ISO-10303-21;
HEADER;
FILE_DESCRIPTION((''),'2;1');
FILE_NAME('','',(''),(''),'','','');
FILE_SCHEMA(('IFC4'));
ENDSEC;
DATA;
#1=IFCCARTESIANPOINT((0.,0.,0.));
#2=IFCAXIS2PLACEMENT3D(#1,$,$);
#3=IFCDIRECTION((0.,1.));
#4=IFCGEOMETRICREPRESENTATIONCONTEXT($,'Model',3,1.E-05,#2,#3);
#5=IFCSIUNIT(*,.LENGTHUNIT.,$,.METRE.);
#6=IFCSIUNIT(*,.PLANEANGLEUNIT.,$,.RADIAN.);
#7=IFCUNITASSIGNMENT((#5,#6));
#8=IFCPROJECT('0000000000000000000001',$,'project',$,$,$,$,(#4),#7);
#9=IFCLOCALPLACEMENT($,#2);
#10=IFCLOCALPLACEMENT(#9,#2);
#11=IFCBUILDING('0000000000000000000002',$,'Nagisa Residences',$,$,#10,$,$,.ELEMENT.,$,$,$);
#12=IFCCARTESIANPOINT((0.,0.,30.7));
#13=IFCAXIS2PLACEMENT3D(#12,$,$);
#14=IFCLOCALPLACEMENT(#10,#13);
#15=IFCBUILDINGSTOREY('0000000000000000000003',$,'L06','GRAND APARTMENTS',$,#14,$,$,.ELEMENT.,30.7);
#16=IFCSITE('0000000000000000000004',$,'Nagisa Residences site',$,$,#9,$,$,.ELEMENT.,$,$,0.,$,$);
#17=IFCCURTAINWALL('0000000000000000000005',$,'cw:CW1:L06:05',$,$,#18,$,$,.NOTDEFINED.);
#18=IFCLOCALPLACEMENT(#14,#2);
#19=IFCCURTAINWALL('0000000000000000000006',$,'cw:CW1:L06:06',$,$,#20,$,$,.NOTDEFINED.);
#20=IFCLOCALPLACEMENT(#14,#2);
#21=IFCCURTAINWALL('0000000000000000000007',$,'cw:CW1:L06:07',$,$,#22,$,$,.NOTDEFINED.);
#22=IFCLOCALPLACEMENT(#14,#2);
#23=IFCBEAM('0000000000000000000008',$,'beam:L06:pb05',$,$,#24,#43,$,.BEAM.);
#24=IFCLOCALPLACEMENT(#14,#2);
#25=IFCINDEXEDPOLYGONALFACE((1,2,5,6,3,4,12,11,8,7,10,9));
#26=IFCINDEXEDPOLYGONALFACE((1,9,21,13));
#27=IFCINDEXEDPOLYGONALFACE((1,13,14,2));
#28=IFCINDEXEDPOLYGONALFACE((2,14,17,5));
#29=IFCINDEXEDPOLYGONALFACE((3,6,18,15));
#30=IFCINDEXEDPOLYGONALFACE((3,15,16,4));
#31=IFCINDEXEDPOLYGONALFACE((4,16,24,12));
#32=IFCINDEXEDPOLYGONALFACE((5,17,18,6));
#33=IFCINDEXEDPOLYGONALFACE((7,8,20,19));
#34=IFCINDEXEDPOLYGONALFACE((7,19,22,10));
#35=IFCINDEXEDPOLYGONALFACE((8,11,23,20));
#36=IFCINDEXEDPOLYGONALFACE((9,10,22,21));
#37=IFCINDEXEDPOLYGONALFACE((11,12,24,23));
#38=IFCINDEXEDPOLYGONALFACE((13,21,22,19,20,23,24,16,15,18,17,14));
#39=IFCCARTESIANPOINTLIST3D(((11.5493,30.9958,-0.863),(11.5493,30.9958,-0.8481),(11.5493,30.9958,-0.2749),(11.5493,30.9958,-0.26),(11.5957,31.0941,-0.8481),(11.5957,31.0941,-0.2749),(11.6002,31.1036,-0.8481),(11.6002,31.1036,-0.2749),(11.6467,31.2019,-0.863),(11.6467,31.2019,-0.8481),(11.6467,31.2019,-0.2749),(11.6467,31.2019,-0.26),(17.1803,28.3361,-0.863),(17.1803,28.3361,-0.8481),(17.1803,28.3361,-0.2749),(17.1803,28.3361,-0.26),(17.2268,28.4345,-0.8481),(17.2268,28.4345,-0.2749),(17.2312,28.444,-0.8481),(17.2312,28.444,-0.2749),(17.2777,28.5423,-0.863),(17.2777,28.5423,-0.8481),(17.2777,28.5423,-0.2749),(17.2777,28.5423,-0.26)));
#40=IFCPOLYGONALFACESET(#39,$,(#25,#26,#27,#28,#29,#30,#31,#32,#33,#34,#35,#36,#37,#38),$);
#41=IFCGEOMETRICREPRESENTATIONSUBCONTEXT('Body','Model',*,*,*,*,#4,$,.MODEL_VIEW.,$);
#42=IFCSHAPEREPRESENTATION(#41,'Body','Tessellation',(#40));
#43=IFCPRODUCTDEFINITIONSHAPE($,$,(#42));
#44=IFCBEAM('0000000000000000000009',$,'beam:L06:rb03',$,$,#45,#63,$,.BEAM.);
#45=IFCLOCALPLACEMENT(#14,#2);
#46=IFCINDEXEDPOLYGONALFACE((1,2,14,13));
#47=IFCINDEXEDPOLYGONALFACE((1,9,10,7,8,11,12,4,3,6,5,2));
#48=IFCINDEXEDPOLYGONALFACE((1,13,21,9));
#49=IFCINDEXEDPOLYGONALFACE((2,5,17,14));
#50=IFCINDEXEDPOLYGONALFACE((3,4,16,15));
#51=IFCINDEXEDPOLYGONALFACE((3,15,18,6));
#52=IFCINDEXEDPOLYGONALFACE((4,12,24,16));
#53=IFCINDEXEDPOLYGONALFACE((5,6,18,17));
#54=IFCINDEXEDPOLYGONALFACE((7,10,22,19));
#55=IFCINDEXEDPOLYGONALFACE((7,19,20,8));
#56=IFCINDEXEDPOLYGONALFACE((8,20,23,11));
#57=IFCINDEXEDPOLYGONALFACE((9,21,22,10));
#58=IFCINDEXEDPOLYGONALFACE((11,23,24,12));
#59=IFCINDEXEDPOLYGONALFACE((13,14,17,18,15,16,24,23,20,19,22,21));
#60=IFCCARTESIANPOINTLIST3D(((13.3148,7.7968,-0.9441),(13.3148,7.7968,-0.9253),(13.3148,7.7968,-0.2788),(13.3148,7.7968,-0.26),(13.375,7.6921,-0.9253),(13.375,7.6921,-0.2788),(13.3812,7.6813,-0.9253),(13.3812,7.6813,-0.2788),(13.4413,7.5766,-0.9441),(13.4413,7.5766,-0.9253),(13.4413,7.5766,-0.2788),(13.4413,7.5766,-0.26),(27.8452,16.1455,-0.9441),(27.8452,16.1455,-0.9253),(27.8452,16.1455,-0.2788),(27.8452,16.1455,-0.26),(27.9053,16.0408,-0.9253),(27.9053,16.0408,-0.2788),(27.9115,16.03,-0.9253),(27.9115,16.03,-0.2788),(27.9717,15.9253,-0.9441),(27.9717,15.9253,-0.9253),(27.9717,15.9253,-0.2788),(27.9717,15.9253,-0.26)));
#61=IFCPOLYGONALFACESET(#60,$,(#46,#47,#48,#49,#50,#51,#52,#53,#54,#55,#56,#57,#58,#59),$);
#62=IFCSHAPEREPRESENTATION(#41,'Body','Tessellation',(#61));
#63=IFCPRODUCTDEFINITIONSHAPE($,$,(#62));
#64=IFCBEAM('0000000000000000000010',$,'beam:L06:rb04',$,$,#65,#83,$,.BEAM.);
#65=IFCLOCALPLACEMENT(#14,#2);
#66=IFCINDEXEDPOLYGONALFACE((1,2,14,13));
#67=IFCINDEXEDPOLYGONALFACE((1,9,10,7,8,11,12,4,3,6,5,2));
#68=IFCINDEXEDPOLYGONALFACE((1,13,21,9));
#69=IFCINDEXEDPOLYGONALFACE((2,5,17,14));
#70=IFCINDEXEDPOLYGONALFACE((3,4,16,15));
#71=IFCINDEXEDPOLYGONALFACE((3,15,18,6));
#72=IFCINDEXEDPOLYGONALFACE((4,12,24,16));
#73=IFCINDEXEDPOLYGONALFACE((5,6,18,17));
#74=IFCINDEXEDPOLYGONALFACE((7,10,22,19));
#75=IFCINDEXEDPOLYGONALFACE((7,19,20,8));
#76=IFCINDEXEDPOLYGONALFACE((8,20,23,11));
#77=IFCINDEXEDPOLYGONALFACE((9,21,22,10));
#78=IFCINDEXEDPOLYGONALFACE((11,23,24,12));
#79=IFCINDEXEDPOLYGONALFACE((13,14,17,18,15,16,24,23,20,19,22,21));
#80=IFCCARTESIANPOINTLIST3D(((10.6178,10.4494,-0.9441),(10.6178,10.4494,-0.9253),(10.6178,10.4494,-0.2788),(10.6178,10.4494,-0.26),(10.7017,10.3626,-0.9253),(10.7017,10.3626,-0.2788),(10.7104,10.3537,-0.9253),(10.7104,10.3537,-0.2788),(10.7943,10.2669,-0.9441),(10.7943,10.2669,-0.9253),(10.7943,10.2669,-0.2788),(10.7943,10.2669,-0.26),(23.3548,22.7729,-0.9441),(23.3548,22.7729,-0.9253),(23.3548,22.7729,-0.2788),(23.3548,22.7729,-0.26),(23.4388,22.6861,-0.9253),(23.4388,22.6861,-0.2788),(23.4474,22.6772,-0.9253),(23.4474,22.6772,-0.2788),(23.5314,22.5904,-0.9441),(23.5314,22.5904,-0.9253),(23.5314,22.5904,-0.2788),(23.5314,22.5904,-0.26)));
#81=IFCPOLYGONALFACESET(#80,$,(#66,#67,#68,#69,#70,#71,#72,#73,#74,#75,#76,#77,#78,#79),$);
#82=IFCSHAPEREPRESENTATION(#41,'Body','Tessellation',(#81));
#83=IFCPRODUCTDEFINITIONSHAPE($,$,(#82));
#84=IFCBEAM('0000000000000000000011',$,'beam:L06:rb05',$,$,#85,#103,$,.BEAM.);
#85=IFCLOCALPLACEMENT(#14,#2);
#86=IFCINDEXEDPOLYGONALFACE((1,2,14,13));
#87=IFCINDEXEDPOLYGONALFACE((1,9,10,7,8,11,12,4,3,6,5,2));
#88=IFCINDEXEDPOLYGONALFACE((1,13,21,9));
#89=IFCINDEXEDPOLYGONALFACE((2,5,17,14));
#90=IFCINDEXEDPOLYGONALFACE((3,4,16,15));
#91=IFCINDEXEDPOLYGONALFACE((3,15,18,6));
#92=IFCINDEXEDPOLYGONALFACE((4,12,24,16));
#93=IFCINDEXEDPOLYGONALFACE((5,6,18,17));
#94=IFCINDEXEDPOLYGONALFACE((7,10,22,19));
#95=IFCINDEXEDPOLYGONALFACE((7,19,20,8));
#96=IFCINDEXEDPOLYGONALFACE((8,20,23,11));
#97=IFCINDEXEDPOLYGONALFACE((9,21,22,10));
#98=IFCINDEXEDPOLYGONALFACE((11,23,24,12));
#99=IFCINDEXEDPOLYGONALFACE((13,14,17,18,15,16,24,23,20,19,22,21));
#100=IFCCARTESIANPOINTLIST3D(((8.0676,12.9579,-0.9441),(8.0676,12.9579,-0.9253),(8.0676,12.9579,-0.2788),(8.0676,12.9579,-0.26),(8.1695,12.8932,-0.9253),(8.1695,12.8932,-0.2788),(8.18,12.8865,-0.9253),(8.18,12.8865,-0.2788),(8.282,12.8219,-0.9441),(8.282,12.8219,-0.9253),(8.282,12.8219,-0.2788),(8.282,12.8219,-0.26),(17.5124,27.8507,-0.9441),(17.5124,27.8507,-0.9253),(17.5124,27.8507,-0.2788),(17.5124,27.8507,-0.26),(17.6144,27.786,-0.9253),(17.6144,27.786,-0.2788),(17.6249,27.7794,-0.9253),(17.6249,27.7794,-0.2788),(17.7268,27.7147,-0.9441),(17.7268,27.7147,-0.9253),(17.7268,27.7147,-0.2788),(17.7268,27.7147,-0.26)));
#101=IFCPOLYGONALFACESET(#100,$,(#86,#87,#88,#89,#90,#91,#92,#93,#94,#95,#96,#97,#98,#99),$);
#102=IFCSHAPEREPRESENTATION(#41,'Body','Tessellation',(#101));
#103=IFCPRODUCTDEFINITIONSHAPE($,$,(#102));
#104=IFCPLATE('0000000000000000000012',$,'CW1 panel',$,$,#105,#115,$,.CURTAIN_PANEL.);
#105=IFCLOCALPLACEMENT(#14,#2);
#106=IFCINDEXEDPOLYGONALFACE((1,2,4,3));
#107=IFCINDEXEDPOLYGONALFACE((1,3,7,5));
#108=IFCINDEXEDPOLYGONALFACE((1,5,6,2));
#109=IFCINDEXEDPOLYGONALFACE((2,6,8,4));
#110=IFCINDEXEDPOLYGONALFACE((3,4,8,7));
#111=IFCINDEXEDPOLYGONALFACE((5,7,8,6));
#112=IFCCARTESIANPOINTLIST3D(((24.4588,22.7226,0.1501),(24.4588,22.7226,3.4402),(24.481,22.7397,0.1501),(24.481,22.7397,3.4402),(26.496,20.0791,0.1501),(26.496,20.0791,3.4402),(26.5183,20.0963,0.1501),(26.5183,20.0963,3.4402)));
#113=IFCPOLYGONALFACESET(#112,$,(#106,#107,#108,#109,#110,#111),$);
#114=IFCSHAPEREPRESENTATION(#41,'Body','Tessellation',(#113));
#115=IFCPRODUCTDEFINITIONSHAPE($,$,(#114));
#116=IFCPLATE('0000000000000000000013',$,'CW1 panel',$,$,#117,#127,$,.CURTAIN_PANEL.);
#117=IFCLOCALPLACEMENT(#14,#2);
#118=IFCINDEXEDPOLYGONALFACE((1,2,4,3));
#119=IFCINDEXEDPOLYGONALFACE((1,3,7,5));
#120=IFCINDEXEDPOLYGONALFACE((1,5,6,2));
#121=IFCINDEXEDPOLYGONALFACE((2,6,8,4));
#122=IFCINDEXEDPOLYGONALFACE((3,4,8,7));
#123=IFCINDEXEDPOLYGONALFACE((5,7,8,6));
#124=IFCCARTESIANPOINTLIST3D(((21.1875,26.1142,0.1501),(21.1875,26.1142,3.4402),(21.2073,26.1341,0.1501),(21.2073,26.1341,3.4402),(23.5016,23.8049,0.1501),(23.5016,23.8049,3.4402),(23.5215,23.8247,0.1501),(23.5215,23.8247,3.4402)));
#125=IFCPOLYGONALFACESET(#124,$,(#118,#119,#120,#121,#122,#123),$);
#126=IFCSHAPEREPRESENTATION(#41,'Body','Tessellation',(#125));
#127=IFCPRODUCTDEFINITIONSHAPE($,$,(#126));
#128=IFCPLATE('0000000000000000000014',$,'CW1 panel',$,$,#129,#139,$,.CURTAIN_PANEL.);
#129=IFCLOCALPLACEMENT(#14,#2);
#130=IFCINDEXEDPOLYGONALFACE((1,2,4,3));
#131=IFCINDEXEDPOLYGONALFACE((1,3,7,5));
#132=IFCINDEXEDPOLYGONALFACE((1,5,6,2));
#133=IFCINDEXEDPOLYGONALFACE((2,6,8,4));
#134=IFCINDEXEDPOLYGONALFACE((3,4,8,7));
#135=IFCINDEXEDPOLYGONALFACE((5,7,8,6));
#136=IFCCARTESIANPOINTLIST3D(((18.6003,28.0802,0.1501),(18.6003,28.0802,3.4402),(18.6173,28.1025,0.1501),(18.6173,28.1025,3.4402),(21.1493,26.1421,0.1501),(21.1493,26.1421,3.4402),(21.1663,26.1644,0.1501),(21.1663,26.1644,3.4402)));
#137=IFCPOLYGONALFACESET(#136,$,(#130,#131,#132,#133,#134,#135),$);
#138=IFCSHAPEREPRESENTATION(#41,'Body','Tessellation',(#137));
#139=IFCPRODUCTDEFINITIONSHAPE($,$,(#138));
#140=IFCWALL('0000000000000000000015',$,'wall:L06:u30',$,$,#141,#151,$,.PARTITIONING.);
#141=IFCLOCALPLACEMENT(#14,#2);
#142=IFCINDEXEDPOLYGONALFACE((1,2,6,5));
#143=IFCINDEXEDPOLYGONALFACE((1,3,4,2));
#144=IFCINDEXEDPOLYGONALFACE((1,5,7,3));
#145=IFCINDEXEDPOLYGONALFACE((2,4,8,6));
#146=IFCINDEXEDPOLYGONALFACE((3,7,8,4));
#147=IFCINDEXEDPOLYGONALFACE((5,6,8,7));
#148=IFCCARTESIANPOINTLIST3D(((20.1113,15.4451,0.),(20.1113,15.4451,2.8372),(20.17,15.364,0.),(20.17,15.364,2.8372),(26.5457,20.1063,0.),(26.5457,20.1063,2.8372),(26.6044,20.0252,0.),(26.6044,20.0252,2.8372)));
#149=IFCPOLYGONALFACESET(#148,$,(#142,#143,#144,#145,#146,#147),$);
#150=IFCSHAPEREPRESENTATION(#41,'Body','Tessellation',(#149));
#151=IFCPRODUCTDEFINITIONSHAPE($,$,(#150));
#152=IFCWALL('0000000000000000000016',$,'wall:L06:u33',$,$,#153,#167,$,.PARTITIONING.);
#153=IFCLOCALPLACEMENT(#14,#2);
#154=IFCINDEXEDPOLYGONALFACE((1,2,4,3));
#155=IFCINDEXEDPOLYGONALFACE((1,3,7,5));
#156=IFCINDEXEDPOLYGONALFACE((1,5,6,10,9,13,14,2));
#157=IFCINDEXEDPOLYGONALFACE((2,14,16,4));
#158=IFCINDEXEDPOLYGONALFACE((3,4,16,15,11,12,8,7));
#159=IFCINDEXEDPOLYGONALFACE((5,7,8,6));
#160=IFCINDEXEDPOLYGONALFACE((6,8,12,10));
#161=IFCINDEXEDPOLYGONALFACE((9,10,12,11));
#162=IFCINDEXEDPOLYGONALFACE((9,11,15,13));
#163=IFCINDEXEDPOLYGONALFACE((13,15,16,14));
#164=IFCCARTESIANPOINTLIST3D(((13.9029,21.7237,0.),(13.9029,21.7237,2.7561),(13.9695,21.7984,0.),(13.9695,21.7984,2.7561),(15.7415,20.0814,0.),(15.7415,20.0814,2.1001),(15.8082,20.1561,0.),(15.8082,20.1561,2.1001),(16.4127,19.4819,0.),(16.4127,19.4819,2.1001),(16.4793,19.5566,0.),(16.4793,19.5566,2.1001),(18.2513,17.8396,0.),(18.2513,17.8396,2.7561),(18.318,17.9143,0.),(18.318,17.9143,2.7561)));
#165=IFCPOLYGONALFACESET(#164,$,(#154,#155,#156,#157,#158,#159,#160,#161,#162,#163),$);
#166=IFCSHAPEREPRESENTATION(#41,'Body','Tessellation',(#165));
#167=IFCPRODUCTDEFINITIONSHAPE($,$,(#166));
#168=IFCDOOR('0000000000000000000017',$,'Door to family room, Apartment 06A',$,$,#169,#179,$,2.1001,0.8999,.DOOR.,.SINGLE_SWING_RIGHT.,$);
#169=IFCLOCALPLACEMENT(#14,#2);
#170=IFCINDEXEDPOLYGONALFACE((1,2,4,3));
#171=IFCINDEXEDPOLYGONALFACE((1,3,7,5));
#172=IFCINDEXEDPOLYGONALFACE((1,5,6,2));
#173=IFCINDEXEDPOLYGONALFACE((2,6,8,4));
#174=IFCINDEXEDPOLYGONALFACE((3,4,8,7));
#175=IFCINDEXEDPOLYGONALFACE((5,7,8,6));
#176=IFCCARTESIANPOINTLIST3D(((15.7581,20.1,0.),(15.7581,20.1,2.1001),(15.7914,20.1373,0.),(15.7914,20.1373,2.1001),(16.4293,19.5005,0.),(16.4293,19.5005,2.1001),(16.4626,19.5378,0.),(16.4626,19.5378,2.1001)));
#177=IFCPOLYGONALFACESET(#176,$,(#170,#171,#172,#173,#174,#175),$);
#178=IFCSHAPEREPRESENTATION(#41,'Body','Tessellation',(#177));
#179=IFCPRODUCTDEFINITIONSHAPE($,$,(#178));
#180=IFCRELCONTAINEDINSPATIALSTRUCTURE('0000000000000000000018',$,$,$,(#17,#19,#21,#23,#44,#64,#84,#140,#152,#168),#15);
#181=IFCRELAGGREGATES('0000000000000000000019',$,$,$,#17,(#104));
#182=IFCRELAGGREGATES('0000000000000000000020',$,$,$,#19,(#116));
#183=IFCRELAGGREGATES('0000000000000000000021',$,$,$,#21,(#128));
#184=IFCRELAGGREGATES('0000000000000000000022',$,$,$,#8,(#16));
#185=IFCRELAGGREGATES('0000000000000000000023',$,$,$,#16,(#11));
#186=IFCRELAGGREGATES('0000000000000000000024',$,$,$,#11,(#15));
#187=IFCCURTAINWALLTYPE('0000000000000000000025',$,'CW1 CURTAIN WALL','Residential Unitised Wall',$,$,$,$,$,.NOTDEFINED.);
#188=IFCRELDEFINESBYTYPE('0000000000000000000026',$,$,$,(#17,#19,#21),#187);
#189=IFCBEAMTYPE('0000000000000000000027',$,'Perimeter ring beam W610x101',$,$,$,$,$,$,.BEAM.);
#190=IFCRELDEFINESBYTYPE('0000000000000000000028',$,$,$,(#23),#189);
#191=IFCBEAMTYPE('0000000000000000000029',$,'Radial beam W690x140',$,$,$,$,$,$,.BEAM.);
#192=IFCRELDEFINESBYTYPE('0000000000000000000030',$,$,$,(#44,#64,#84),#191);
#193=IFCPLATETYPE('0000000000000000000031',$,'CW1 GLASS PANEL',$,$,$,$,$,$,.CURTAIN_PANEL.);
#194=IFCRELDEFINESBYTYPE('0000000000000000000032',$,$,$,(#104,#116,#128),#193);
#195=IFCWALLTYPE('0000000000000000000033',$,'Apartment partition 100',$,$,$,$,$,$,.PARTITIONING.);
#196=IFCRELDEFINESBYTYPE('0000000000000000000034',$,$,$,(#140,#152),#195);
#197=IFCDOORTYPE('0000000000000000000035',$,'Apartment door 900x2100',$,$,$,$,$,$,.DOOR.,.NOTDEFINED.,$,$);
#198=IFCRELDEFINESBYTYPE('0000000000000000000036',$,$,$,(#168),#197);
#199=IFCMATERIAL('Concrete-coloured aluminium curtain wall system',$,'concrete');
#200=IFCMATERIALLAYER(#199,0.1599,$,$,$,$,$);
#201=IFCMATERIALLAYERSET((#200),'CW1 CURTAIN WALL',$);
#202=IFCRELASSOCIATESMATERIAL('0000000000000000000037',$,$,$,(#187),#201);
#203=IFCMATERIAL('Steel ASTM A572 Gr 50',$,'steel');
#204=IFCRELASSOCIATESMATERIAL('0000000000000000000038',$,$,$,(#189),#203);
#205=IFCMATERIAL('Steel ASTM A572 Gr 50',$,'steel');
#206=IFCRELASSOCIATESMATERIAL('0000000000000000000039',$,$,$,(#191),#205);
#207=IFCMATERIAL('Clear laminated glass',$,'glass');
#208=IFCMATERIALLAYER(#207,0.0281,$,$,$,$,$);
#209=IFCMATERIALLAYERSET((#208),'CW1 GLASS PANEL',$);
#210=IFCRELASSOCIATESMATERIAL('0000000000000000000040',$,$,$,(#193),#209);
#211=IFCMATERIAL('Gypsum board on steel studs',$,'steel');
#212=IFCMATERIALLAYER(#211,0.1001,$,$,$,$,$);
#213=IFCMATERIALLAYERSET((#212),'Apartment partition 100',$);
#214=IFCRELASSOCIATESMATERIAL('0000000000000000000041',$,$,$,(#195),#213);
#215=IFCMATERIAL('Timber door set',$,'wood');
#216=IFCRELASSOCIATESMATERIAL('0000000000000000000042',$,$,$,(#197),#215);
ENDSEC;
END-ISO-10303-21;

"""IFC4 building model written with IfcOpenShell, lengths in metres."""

from ifc_helpers import new_model, si_unit, direction, frame, frame_2d, origin, origin_2d, place, context, subcontext, project, spatial, rectangle, i_section, extrude, material, layer, layer_set, material_profile, profile_set, type_object, element, fill, aggregate, save


model = new_model("IFC4")

# Units and contexts
model_context = context("Model", 3, precision=1e-05, world=origin(), true_north=direction((0.0, 1.0)))
body_context = subcontext(model_context, "Body", "Model", "MODEL_VIEW")
ifc_project = project(units=[si_unit("LENGTHUNIT", "METRE"), si_unit("PLANEANGLEUNIT", "RADIAN")], contexts=[model_context])

# Site, building, storey
site_placement = place(None, origin())
site = spatial("IfcSite", under=ifc_project, at=site_placement, Name="Nagisa Residences site", CompositionType="ELEMENT", RefElevation=0.0)
building_placement = place(site_placement, origin())
building = spatial("IfcBuilding", under=site, at=building_placement, Name="Nagisa Residences", CompositionType="ELEMENT")
storey_placement = place(building_placement, frame((0.0, 0.0, 30.7)))
storey = spatial("IfcBuildingStorey", under=building, at=storey_placement, Name="L06", Description="GRAND APARTMENTS", CompositionType="ELEMENT", Elevation=30.7)

# Curtain walls
ifc_material_1 = material(Name="Concrete-coloured aluminium curtain wall system", Category="concrete")
ifc_layer_1 = layer(ifc_material_1, 0.1599)
ifc_layer_set_1 = layer_set([ifc_layer_1], Name="CW1 CURTAIN WALL")
curtain_wall_type = type_object("IfcCurtainWallType", Name="CW1 CURTAIN WALL", Description="Residential Unitised Wall", PredefinedType="NOTDEFINED", material=ifc_layer_set_1)
curtain_wall_1_placement = place(storey_placement, origin())
curtain_wall_1 = element("IfcCurtainWall", 1, at=curtain_wall_1_placement, inside=storey, type_object=curtain_wall_type, Name="cw:CW1:L06:05", PredefinedType="NOTDEFINED")
curtain_wall_2_placement = place(storey_placement, origin())
curtain_wall_2 = element("IfcCurtainWall", 2, at=curtain_wall_2_placement, inside=storey, type_object=curtain_wall_type, Name="cw:CW1:L06:06", PredefinedType="NOTDEFINED")
curtain_wall_3_placement = place(storey_placement, origin())
curtain_wall_3 = element("IfcCurtainWall", 3, at=curtain_wall_3_placement, inside=storey, type_object=curtain_wall_type, Name="cw:CW1:L06:07", PredefinedType="NOTDEFINED")

# Beams
ifc_material_2 = material(Name="Steel ASTM A572 Gr 50", Category="steel")
ifc_material_profile_1 = material_profile(ifc_material_2, i_section(OverallWidth=0.228, OverallDepth=0.603, WebThickness=0.0105, FlangeThickness=0.0149, at=origin_2d()), Name="W610x101")
ifc_profile_set_1 = profile_set([ifc_material_profile_1], Name="Steel ASTM A572 Gr 50")
beam_type_1 = type_object("IfcBeamType", Name="Perimeter ring beam W610x101", PredefinedType="BEAM", material=ifc_profile_set_1)
beam_1_placement = place(storey_placement, frame((17.229, 28.4392, -0.5615), z_axis=(-0.904215, 0.427077, 0.0), x_axis=(-0.427077, -0.904215, 0.0)))
element("IfcBeam", 4, at=beam_1_placement, inside=storey, type_object=beam_type_1, Name="beam:L06:pb05", PredefinedType="BEAM", context=body_context, shape_type="SweptSolid", body=[
    extrude(i_section(OverallWidth=0.228, OverallDepth=0.603, WebThickness=0.0105, FlangeThickness=0.0149, at=origin_2d()), origin(), (0.0, 0.0, 1.0), 6.2275),
])
ifc_material_3 = material(Name="Steel ASTM A572 Gr 50", Category="steel")
ifc_material_profile_2 = material_profile(ifc_material_3, i_section(OverallWidth=0.2539, OverallDepth=0.6841, WebThickness=0.0125, FlangeThickness=0.0188, at=origin_2d()), Name="W690x140")
ifc_profile_set_2 = profile_set([ifc_material_profile_2], Name="Steel ASTM A572 Gr 50")
beam_type_2 = type_object("IfcBeamType", Name="Radial beam W690x140", PredefinedType="BEAM", material=ifc_profile_set_2)
beam_2_placement = place(storey_placement, frame((27.9084, 16.0354, -0.6021), z_axis=(-0.867068, -0.49819, 0.0), x_axis=(0.49819, -0.867068, 0.0)))
element("IfcBeam", 5, at=beam_2_placement, inside=storey, type_object=beam_type_2, Name="beam:L06:rb03", PredefinedType="BEAM", context=body_context, shape_type="SweptSolid", body=[
    extrude(i_section(OverallWidth=0.2539, OverallDepth=0.6841, WebThickness=0.0125, FlangeThickness=0.0188, at=origin_2d()), origin(), (0.0, 0.0, 1.0), 16.7581),
])
beam_3_placement = place(storey_placement, frame((23.4431, 22.6816, -0.6021), z_axis=(-0.718678, -0.695343, 0.0), x_axis=(0.695343, -0.718678, 0.0)))
element("IfcBeam", 6, at=beam_3_placement, inside=storey, type_object=beam_type_2, Name="beam:L06:rb04", PredefinedType="BEAM", context=body_context, shape_type="SweptSolid", body=[
    extrude(i_section(OverallWidth=0.2539, OverallDepth=0.6841, WebThickness=0.0125, FlangeThickness=0.0188, at=origin_2d()), origin(), (0.0, 0.0, 1.0), 17.7229),
])
beam_4_placement = place(storey_placement, frame((17.6196, 27.7827, -0.6021), z_axis=(-0.535566, -0.844493, 0.0), x_axis=(0.844493, -0.535566, 0.0)))
element("IfcBeam", 7, at=beam_4_placement, inside=storey, type_object=beam_type_2, Name="beam:L06:rb05", PredefinedType="BEAM", context=body_context, shape_type="SweptSolid", body=[
    extrude(i_section(OverallWidth=0.2539, OverallDepth=0.6841, WebThickness=0.0125, FlangeThickness=0.0188, at=origin_2d()), origin(), (0.0, 0.0, 1.0), 17.6353),
])

# Plates
ifc_material_4 = material(Name="Clear laminated glass", Category="glass")
ifc_layer_2 = layer(ifc_material_4, 0.0281)
ifc_layer_set_2 = layer_set([ifc_layer_2], Name="CW1 GLASS PANEL")
plate_type = type_object("IfcPlateType", Name="CW1 GLASS PANEL", PredefinedType="CURTAIN_PANEL", material=ifc_layer_set_2)
plate_1_placement = place(storey_placement, frame((25.4885, 21.4094, 0.1501), z_axis=(0.0, 0.0, 1.0), x_axis=(-0.61043, 0.79207, 0.0)))
plate_1 = element("IfcPlate", 8, at=plate_1_placement, type_object=plate_type, Name="CW1 panel", PredefinedType="CURTAIN_PANEL", context=body_context, shape_type="SweptSolid", body=[
    extrude(rectangle(XDim=3.3374, YDim=0.0281, at=origin_2d()), origin(), (0.0, 0.0, 1.0), 3.29),
])
aggregate(curtain_wall_1, [plate_1])
plate_2_placement = place(storey_placement, frame((22.3545, 24.9695, 0.1501), z_axis=(0.0, 0.0, 1.0), x_axis=(-0.707836, 0.706377, 0.0)))
plate_2 = element("IfcPlate", 9, at=plate_2_placement, type_object=plate_type, Name="CW1 panel", PredefinedType="CURTAIN_PANEL", context=body_context, shape_type="SweptSolid", body=[
    extrude(rectangle(XDim=3.2693, YDim=0.0281, at=origin_2d()), origin(), (0.0, 0.0, 1.0), 3.29),
])
aggregate(curtain_wall_2, [plate_2])
plate_3_placement = place(storey_placement, frame((19.8833, 27.1223, 0.1501), z_axis=(0.0, 0.0, 1.0), x_axis=(-0.796031, 0.605255, 0.0)))
plate_3 = element("IfcPlate", 10, at=plate_3_placement, type_object=plate_type, Name="CW1 panel", PredefinedType="CURTAIN_PANEL", context=body_context, shape_type="SweptSolid", body=[
    extrude(rectangle(XDim=3.2021, YDim=0.0281, at=origin_2d()), origin(), (0.0, 0.0, 1.0), 3.29),
])
aggregate(curtain_wall_3, [plate_3])

# Wall
ifc_material_5 = material(Name="Gypsum board on steel studs", Category="steel")
ifc_layer_3 = layer(ifc_material_5, 0.1001)
ifc_layer_set_3 = layer_set([ifc_layer_3], Name="Apartment partition 100")
wall_type_1 = type_object("IfcWallType", Name="Apartment partition 100", PredefinedType="PARTITIONING", material=ifc_layer_set_3)
wall_1_placement = place(storey_placement, frame((20.1406, 15.4045, 0.0), z_axis=(0.0, 0.0, 1.0), x_axis=(0.809835, 0.586658, 0.0)))
element("IfcWall", 11, at=wall_1_placement, inside=storey, type_object=wall_type_1, Name="wall:L06:u30", PredefinedType="PARTITIONING", context=body_context, shape_type="SweptSolid", body=[
    extrude(rectangle(XDim=7.9453, YDim=0.1001, at=frame_2d((3.9727, 0.0))), origin(), (0.0, 0.0, 1.0), 2.8372),
])

# Wall, opening, door
wall_2_placement = place(storey_placement, frame((18.2847, 17.877, 0.0), z_axis=(0.0, 0.0, 1.0), x_axis=(-0.745806, 0.666163, 0.0)))
wall_2 = element("IfcWall", 12, at=wall_2_placement, inside=storey, type_object=wall_type_1, Name="wall:L06:u33", PredefinedType="PARTITIONING", context=body_context, shape_type="SweptSolid", body=[
    extrude(rectangle(XDim=5.8306, YDim=0.1001, at=frame_2d((2.9153, 0.0))), origin(), (0.0, 0.0, 1.0), 2.7561),
])
opening_1_placement = place(wall_2_placement, frame((2.4653, 0.0, 0.0)))
opening_1 = element("IfcOpeningElement", 13, at=opening_1_placement, cuts=wall_2, PredefinedType="OPENING", context=body_context, shape_type="SweptSolid", body=[
    extrude(rectangle(XDim=0.8999, YDim=2.1001, at=frame_2d((0.45, 1.05))), frame((0.0, 0.0601, 0.0), z_axis=(0.0, -1.0, 0.0), x_axis=(1.0, 0.0, 0.0)), (0.0, 0.0, 1.0), 0.1201),
])
ifc_material_6 = material(Name="Timber door set", Category="wood")
door_type_1 = type_object("IfcDoorType", Name="Apartment door 900x2100", OperationType="NOTDEFINED", PredefinedType="DOOR", material=ifc_material_6)
door_1_placement = place(opening_1_placement, frame((0.8999, 0.0, 0.0), x_axis=(-1.0, 0.0, 0.0)))
door_1 = element("IfcDoor", 14, at=door_1_placement, inside=storey, type_object=door_type_1, Name="Door to family room, Apartment 06A", OperationType="SINGLE_SWING_RIGHT", OverallHeight=2.1001, OverallWidth=0.8999, PredefinedType="DOOR", context=body_context, shape_type="SweptSolid", body=[
    extrude(rectangle(XDim=0.8999, YDim=2.1001, at=frame_2d((0.45, 1.05))), frame((0.0, 0.0249, 0.0), z_axis=(0.0, -1.0, 0.0), x_axis=(1.0, 0.0, 0.0)), (0.0, 0.0, 1.0), 0.05),
])
fill(opening_1, door_1)

save(model, "model.ifc")
